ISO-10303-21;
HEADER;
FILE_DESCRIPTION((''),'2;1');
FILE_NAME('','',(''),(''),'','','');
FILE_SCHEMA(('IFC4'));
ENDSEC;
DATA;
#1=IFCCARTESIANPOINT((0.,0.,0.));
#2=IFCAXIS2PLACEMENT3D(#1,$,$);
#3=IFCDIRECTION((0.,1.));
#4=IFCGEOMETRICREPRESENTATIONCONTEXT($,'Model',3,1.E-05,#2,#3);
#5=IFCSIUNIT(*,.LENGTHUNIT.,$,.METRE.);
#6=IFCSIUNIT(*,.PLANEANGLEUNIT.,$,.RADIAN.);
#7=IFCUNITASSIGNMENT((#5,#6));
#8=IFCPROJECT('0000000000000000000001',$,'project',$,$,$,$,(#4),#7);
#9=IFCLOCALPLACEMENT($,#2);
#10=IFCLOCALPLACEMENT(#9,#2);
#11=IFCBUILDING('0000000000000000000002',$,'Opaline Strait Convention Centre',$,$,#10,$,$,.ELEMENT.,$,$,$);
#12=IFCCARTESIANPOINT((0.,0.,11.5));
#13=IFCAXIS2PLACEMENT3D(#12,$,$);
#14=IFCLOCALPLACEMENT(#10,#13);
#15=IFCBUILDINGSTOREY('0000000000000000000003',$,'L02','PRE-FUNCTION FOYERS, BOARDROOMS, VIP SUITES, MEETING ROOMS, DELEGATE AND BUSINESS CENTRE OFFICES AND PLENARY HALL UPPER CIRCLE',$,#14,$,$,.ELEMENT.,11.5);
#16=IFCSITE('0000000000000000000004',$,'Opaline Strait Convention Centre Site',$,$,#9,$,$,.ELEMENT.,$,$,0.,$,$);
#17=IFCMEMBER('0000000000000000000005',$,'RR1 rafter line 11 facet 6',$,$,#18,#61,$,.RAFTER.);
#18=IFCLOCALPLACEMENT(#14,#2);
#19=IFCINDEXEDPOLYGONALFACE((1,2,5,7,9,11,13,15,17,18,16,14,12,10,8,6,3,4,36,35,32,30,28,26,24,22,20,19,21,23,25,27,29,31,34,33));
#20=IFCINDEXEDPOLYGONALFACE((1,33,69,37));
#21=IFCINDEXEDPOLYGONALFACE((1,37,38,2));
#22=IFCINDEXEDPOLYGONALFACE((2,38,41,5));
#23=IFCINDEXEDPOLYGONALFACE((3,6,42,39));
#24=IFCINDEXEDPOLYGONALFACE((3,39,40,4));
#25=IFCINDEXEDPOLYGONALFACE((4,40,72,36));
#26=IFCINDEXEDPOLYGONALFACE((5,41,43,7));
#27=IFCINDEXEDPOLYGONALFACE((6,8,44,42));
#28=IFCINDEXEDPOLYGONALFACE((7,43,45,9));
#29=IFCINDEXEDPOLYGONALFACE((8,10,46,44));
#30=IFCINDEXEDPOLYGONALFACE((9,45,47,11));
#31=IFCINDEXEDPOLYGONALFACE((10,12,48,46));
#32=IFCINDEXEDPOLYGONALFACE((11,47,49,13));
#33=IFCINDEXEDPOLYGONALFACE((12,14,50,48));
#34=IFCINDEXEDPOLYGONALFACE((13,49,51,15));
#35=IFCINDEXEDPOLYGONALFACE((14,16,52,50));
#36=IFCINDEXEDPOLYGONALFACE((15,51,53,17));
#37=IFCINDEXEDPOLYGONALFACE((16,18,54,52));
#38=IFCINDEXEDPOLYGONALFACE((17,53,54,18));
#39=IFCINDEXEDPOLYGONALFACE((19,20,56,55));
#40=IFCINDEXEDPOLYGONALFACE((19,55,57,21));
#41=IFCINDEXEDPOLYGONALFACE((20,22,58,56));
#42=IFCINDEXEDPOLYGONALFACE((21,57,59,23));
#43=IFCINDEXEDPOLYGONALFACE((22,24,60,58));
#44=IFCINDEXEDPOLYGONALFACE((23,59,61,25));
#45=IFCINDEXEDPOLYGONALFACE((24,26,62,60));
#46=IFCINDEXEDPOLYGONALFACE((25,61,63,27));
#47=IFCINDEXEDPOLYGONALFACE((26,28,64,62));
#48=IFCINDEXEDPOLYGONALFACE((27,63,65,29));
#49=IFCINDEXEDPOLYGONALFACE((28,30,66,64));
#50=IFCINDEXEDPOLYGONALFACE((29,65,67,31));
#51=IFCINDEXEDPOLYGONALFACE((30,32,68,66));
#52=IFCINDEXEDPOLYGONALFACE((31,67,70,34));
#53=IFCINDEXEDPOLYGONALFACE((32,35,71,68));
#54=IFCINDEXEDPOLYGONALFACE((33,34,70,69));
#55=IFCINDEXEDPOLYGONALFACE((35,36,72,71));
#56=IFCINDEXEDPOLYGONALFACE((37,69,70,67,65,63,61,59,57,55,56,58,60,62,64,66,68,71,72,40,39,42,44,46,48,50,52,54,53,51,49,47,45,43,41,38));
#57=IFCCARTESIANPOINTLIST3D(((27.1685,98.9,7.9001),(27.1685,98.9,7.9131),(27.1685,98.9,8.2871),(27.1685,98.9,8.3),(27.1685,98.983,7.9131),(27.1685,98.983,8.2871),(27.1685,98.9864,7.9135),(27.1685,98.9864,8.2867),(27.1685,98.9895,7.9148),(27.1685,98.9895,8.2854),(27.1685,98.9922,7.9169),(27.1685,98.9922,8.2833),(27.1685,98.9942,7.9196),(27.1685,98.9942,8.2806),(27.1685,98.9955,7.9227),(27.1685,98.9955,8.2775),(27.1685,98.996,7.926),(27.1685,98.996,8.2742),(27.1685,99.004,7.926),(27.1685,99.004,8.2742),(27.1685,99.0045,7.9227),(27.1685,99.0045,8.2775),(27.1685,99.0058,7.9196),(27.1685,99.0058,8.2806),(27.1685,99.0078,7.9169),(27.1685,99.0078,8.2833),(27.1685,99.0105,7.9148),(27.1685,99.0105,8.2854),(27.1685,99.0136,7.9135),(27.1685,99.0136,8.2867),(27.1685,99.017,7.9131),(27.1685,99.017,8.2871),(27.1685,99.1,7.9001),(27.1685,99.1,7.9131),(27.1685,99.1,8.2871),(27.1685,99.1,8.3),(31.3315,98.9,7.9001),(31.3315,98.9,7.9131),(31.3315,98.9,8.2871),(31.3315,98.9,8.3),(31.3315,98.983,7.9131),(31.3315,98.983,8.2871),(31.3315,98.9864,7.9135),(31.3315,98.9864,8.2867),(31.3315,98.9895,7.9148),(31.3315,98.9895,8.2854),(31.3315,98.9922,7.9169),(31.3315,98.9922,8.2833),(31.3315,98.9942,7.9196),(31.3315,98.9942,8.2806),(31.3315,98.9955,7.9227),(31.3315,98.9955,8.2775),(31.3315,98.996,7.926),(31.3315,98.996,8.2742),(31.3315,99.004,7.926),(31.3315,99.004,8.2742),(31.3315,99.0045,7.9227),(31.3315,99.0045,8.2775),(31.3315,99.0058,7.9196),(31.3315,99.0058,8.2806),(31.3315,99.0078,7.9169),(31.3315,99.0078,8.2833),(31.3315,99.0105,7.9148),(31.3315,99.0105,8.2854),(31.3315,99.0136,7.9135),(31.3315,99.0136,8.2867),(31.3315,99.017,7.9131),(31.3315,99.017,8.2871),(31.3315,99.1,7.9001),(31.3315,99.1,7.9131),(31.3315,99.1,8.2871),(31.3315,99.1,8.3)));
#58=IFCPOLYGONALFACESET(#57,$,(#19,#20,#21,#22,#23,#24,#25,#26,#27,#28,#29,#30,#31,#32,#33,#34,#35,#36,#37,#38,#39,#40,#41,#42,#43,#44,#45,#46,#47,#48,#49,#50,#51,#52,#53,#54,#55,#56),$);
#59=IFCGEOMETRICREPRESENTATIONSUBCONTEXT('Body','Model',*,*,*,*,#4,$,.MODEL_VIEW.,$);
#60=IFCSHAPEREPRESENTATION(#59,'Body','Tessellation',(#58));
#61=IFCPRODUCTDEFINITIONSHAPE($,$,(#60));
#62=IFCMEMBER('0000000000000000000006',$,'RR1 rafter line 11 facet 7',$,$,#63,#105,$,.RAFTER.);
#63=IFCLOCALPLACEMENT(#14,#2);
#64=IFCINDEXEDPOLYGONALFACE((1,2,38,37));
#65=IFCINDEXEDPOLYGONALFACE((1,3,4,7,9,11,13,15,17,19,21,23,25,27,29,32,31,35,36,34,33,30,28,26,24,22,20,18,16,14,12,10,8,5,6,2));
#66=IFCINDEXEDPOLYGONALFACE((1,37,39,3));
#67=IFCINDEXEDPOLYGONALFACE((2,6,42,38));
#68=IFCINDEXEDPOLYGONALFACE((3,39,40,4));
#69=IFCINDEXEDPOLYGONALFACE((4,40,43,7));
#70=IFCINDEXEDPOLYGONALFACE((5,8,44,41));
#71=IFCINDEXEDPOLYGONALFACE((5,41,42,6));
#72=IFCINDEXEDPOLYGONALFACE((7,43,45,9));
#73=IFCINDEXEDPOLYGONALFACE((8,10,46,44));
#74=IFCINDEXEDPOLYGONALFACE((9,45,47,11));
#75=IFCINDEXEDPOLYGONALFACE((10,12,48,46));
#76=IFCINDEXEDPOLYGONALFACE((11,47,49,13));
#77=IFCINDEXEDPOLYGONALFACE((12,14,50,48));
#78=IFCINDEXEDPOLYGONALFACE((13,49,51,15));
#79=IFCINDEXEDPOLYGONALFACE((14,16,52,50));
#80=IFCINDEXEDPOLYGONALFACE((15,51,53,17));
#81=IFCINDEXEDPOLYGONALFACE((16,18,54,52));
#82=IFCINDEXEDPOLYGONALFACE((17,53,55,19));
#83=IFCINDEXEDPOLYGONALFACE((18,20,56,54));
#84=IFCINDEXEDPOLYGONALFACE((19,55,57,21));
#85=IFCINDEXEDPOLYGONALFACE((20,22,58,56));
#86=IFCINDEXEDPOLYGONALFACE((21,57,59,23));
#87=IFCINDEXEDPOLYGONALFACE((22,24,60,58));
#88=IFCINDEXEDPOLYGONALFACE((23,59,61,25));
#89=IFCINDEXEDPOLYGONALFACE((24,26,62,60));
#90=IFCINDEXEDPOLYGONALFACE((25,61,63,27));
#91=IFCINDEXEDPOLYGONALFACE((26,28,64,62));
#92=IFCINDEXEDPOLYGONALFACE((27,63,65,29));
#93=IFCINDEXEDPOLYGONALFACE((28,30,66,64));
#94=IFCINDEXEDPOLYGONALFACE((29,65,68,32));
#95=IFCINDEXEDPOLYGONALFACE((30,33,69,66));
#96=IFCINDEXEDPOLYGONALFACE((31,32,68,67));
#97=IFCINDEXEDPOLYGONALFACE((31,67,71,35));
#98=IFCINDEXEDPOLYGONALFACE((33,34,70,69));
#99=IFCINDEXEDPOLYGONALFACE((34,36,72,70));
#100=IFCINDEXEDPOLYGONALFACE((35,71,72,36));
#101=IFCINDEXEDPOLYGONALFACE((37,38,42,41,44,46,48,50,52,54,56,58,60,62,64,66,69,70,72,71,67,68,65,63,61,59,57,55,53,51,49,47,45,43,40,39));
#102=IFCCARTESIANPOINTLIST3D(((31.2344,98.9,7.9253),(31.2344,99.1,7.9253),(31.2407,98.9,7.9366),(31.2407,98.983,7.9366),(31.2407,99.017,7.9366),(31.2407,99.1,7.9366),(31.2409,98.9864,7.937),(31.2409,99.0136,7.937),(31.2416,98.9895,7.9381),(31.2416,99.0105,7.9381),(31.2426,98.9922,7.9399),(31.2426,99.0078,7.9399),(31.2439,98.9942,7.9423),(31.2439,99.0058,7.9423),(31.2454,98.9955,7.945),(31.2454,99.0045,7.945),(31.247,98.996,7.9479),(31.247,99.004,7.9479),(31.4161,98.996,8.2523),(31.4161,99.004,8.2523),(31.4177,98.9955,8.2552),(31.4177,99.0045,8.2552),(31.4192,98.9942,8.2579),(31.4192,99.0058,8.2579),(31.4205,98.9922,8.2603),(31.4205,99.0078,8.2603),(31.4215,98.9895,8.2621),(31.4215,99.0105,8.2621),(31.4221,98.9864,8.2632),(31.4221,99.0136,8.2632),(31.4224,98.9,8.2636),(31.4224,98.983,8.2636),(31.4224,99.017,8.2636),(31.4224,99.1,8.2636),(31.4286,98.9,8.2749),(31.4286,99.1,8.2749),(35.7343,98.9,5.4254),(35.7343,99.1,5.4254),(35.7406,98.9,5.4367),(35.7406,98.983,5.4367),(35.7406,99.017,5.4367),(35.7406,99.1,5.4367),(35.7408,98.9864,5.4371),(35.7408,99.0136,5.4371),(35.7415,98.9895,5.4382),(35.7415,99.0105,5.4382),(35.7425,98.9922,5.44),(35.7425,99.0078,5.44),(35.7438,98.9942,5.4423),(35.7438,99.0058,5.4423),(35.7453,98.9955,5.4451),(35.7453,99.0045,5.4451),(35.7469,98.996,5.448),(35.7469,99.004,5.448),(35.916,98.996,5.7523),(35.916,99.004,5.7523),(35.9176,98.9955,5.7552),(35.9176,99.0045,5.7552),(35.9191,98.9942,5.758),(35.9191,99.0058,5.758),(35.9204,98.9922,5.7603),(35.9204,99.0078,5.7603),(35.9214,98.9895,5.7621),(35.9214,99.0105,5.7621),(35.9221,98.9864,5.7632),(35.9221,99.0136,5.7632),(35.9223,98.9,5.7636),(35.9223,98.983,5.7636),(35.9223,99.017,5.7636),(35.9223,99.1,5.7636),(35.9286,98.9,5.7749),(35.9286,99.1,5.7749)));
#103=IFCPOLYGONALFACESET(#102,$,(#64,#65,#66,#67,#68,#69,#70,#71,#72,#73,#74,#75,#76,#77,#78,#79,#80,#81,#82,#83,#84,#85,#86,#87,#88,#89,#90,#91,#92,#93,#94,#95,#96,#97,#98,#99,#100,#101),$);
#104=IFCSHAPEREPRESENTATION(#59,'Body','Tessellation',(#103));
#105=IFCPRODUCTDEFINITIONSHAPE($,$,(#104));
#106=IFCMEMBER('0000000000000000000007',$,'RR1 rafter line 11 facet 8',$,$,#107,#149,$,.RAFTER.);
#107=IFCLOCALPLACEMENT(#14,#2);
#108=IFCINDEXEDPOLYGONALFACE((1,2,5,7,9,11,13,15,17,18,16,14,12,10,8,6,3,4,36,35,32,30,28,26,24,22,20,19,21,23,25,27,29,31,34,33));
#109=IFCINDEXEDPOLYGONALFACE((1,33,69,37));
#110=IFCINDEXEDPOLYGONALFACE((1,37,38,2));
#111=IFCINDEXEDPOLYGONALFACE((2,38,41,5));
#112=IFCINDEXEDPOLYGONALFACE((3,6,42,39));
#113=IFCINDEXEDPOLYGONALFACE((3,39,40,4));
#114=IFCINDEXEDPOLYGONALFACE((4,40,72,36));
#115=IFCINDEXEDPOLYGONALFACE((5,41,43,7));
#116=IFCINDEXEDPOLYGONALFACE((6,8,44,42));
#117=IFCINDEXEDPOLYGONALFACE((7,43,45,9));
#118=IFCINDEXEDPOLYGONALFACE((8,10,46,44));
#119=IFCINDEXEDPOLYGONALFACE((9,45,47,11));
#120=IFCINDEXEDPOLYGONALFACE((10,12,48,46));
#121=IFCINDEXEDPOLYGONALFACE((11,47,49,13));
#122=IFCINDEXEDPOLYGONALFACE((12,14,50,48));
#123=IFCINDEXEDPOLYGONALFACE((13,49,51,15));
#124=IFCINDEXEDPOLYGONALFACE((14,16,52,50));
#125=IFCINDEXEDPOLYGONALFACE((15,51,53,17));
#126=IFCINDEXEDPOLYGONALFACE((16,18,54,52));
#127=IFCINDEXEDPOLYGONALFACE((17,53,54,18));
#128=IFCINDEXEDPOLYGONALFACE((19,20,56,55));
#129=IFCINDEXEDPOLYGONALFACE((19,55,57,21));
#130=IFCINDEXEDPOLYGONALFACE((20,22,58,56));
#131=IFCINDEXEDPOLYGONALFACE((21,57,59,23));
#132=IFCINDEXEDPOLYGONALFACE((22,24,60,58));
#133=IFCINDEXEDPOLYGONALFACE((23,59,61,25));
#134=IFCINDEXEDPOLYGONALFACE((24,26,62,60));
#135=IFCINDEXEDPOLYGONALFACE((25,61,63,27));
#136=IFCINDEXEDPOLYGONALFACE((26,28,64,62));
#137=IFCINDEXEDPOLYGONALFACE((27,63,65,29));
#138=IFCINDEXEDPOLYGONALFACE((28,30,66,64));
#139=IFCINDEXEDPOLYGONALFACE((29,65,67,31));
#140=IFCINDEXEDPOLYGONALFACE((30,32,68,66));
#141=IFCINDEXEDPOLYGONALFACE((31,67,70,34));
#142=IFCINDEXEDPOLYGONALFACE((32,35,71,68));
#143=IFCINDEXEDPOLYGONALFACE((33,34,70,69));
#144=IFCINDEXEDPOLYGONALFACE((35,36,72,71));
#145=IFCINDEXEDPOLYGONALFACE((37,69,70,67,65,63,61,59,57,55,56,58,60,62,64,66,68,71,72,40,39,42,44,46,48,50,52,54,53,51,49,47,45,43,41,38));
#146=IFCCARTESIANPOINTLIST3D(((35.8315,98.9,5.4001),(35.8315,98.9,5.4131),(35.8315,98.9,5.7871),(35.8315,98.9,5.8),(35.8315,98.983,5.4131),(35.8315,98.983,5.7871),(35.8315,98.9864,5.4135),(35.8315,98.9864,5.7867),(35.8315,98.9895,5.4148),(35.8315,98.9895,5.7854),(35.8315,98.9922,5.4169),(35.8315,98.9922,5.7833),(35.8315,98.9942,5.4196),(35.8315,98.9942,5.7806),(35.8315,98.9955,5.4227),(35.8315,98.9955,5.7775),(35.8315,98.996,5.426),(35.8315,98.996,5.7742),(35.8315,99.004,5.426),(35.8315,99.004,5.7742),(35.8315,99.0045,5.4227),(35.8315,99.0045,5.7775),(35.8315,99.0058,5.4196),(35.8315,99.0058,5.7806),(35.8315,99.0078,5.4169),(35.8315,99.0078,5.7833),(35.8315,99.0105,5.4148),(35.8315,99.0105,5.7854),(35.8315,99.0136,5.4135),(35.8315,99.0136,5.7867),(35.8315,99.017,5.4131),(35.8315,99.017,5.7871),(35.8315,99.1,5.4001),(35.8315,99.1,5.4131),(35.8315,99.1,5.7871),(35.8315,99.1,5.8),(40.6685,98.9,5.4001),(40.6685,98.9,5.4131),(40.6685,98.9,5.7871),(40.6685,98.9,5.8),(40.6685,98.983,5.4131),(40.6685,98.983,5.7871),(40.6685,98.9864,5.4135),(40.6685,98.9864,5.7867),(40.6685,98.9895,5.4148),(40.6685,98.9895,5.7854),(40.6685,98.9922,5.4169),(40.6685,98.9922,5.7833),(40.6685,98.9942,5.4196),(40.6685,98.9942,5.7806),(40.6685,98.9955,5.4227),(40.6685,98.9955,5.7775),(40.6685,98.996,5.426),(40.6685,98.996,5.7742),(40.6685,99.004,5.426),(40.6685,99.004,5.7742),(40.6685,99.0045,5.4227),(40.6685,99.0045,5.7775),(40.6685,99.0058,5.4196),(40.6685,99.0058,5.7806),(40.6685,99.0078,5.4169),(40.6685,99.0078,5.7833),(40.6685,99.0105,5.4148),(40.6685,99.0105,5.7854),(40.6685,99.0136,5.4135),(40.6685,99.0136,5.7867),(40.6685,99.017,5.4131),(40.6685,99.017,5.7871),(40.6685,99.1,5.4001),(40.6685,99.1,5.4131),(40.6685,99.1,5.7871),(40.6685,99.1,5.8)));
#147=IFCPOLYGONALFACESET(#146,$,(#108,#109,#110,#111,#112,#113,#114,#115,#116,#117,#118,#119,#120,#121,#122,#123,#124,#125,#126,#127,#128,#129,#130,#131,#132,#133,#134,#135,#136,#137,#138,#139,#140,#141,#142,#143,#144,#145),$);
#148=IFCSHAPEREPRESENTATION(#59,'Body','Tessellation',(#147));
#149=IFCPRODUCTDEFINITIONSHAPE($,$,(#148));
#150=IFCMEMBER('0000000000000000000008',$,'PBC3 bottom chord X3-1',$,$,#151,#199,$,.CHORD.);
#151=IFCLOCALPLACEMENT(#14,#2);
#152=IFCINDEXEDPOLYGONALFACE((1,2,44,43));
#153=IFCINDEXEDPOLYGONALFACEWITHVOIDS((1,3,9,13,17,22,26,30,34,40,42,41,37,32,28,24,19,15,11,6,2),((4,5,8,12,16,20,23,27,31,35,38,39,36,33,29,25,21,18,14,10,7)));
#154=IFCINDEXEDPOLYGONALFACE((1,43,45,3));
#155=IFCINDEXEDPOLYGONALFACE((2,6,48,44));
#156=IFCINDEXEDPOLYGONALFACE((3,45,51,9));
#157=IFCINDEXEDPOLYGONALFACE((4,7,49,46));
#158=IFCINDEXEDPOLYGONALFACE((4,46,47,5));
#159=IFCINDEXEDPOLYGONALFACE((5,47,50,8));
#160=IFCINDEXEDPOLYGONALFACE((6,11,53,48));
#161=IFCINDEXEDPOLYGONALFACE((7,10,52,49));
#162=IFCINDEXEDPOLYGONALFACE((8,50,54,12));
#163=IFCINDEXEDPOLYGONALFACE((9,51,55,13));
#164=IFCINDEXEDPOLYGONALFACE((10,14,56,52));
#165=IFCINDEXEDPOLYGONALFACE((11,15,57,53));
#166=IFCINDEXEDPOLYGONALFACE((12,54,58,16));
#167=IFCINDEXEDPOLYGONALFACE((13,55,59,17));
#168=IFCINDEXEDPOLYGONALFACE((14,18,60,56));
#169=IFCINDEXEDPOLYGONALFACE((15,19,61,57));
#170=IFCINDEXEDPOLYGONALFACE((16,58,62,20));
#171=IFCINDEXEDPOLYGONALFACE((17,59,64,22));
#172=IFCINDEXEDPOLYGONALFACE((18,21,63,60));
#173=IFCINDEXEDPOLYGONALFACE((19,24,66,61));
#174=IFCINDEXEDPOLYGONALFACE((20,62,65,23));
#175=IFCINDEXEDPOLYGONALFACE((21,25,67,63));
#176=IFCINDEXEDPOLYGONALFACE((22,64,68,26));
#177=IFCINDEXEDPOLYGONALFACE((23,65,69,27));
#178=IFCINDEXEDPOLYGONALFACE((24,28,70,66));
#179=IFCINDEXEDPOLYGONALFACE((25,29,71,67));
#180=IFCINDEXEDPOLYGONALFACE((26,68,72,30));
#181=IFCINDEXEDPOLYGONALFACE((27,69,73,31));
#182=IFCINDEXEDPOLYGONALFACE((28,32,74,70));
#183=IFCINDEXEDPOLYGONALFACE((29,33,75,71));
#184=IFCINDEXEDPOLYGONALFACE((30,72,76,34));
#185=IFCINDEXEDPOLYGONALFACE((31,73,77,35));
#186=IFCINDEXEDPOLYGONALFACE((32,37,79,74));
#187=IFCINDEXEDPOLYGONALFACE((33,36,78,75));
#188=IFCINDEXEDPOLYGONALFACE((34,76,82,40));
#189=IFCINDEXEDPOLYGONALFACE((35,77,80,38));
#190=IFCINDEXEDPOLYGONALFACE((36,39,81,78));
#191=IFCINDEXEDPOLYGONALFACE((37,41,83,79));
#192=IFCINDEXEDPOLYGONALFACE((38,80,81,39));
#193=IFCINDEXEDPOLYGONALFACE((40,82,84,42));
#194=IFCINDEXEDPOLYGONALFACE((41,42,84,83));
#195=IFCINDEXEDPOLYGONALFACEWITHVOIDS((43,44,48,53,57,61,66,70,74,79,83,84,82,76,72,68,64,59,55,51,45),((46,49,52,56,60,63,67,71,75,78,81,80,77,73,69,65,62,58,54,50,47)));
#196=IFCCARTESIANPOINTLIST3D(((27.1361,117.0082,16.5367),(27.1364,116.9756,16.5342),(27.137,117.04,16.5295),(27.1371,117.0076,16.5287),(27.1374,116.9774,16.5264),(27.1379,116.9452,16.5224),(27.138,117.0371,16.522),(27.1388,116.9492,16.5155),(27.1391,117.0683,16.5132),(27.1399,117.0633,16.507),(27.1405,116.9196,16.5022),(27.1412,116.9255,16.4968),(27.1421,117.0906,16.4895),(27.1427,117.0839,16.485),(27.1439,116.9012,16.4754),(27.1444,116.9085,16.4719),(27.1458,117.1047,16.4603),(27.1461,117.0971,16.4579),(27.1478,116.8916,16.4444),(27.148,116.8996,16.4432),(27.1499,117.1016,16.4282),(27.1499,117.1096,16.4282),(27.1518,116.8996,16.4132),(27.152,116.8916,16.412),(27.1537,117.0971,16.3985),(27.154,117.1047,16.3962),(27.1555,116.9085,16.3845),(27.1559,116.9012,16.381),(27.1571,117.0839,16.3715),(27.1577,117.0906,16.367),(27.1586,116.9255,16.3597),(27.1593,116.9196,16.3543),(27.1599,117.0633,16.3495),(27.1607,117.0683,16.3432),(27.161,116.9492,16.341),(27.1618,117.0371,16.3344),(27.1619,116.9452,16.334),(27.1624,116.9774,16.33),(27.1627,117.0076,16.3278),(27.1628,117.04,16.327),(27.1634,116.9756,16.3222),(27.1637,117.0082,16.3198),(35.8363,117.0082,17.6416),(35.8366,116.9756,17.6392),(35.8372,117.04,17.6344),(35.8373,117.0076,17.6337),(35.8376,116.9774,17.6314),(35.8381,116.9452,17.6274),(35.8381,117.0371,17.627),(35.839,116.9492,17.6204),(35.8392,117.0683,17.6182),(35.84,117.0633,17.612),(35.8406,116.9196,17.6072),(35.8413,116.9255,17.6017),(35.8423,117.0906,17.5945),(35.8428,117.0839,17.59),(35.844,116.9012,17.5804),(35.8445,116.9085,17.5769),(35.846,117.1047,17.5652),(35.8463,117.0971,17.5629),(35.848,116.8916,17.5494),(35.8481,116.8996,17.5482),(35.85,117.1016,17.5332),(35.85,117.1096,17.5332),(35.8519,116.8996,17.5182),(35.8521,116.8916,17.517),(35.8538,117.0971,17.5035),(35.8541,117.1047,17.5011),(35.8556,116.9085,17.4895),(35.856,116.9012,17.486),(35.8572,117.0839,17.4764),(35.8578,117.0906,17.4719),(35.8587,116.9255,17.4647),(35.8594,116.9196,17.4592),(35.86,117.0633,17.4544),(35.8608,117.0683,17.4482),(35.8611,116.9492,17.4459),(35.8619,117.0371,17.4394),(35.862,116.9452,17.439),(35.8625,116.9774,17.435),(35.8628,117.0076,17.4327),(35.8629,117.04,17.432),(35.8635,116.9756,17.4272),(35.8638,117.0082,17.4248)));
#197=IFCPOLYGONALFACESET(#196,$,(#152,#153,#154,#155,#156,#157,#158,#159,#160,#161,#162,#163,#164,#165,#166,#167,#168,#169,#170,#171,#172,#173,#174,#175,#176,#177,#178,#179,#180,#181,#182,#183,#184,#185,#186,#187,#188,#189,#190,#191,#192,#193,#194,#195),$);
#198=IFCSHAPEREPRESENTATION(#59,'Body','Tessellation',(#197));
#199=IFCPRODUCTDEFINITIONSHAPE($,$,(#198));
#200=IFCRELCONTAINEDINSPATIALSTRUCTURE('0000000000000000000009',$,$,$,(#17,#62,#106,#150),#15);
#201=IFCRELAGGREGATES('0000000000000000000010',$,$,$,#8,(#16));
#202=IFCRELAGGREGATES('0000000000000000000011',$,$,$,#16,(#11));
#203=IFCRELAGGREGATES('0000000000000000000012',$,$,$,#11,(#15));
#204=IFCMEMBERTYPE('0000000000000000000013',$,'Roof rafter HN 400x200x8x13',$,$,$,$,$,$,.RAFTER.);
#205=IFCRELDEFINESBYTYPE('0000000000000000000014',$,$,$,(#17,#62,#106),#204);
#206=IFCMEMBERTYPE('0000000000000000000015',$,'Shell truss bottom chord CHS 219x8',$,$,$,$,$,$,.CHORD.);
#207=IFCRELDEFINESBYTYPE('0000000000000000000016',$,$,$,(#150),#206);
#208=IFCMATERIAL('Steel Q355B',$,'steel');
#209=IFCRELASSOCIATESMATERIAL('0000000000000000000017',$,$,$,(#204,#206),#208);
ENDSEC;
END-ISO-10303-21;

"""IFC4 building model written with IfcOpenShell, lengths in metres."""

from ifc_helpers import new_model, si_unit, direction, frame, origin, origin_2d, place, context, subcontext, project, spatial, hollow_circle, i_section, extrude, material, material_profile, profile_set, type_object, element, save


model = new_model("IFC4")

# Units and contexts
model_context = context("Model", 3, precision=1e-05, world=origin(), true_north=direction((0.0, 1.0)))
body_context = subcontext(model_context, "Body", "Model", "MODEL_VIEW")
ifc_project = project(units=[si_unit("LENGTHUNIT", "METRE"), si_unit("PLANEANGLEUNIT", "RADIAN")], contexts=[model_context])

# Site, building, storey
site_placement = place(None, origin())
site = spatial("IfcSite", under=ifc_project, at=site_placement, Name="Opaline Strait Convention Centre Site", CompositionType="ELEMENT", RefElevation=0.0)
building_placement = place(site_placement, origin())
building = spatial("IfcBuilding", under=site, at=building_placement, Name="Opaline Strait Convention Centre", CompositionType="ELEMENT")
storey_placement = place(building_placement, frame((0.0, 0.0, 11.5)))
storey = spatial("IfcBuildingStorey", under=building, at=storey_placement, Name="L02", Description="PRE-FUNCTION FOYERS, BOARDROOMS, VIP SUITES, MEETING ROOMS, DELEGATE AND BUSINESS CENTRE OFFICES AND PLENARY HALL UPPER CIRCLE", CompositionType="ELEMENT", Elevation=11.5)

# Members
ifc_material_1 = material(Name="Steel Q355B", Category="steel")
ifc_material_profile_1 = material_profile(ifc_material_1, i_section(OverallWidth=0.2, OverallDepth=0.3999, WebThickness=0.0081, FlangeThickness=0.0129, FilletRadius=0.0129, at=origin_2d()), Name="HN 400x200x8x13")
ifc_profile_set_1 = profile_set([ifc_material_profile_1], Name="Steel Q355B")
member_type_1 = type_object("IfcMemberType", Name="Roof rafter HN 400x200x8x13", PredefinedType="RAFTER", material=ifc_profile_set_1)
member_1_placement = place(storey_placement, frame((27.1685, 99.0, 8.1001), z_axis=(1.0, 0.0, 0.0), x_axis=(0.0, 1.0, 0.0)))
element("IfcMember", 1, at=member_1_placement, inside=storey, type_object=member_type_1, Name="RR1 rafter line 11 facet 6", PredefinedType="RAFTER", context=body_context, shape_type="SweptSolid", body=[
    extrude(i_section(OverallWidth=0.2, OverallDepth=0.3999, WebThickness=0.0081, FlangeThickness=0.0129, FilletRadius=0.0129, at=origin_2d()), origin(), (0.0, 0.0, 1.0), 4.1631),
])
member_2_placement = place(storey_placement, frame((31.3315, 99.0, 8.1001), z_axis=(0.874157, 0.0, -0.485643), x_axis=(0.0, 1.0, 0.0)))
element("IfcMember", 2, at=member_2_placement, inside=storey, type_object=member_type_1, Name="RR1 rafter line 11 facet 7", PredefinedType="RAFTER", context=body_context, shape_type="SweptSolid", body=[
    extrude(i_section(OverallWidth=0.2, OverallDepth=0.3999, WebThickness=0.0081, FlangeThickness=0.0129, FilletRadius=0.0129, at=origin_2d()), origin(), (0.0, 0.0, 1.0), 5.1477),
])
member_3_placement = place(storey_placement, frame((35.8315, 99.0, 5.6001), z_axis=(1.0, 0.0, 0.0), x_axis=(0.0, 1.0, 0.0)))
element("IfcMember", 3, at=member_3_placement, inside=storey, type_object=member_type_1, Name="RR1 rafter line 11 facet 8", PredefinedType="RAFTER", context=body_context, shape_type="SweptSolid", body=[
    extrude(i_section(OverallWidth=0.2, OverallDepth=0.3999, WebThickness=0.0081, FlangeThickness=0.0129, FilletRadius=0.0129, at=origin_2d()), origin(), (0.0, 0.0, 1.0), 4.8369),
])
ifc_material_profile_2 = material_profile(ifc_material_1, hollow_circle(Radius=0.1096, WallThickness=0.0081, at=origin_2d()), Name="CHS 219x8")
ifc_profile_set_2 = profile_set([ifc_material_profile_2], Name="Steel Q355B")
member_type_2 = type_object("IfcMemberType", Name="Shell truss bottom chord CHS 219x8", PredefinedType="CHORD", material=ifc_profile_set_2)
member_4_placement = place(storey_placement, frame((27.1499, 117.0, 16.4282), z_axis=(0.992031, 0.0, 0.125994), x_axis=(0.0, 1.0, 0.0)))
element("IfcMember", 4, at=member_4_placement, inside=storey, type_object=member_type_2, Name="PBC3 bottom chord X3-1", PredefinedType="CHORD", context=body_context, shape_type="SweptSolid", body=[
    extrude(hollow_circle(Radius=0.1096, WallThickness=0.0081, at=origin_2d()), origin(), (0.0, 0.0, 1.0), 8.77),
])

save(model, "model.ifc")
